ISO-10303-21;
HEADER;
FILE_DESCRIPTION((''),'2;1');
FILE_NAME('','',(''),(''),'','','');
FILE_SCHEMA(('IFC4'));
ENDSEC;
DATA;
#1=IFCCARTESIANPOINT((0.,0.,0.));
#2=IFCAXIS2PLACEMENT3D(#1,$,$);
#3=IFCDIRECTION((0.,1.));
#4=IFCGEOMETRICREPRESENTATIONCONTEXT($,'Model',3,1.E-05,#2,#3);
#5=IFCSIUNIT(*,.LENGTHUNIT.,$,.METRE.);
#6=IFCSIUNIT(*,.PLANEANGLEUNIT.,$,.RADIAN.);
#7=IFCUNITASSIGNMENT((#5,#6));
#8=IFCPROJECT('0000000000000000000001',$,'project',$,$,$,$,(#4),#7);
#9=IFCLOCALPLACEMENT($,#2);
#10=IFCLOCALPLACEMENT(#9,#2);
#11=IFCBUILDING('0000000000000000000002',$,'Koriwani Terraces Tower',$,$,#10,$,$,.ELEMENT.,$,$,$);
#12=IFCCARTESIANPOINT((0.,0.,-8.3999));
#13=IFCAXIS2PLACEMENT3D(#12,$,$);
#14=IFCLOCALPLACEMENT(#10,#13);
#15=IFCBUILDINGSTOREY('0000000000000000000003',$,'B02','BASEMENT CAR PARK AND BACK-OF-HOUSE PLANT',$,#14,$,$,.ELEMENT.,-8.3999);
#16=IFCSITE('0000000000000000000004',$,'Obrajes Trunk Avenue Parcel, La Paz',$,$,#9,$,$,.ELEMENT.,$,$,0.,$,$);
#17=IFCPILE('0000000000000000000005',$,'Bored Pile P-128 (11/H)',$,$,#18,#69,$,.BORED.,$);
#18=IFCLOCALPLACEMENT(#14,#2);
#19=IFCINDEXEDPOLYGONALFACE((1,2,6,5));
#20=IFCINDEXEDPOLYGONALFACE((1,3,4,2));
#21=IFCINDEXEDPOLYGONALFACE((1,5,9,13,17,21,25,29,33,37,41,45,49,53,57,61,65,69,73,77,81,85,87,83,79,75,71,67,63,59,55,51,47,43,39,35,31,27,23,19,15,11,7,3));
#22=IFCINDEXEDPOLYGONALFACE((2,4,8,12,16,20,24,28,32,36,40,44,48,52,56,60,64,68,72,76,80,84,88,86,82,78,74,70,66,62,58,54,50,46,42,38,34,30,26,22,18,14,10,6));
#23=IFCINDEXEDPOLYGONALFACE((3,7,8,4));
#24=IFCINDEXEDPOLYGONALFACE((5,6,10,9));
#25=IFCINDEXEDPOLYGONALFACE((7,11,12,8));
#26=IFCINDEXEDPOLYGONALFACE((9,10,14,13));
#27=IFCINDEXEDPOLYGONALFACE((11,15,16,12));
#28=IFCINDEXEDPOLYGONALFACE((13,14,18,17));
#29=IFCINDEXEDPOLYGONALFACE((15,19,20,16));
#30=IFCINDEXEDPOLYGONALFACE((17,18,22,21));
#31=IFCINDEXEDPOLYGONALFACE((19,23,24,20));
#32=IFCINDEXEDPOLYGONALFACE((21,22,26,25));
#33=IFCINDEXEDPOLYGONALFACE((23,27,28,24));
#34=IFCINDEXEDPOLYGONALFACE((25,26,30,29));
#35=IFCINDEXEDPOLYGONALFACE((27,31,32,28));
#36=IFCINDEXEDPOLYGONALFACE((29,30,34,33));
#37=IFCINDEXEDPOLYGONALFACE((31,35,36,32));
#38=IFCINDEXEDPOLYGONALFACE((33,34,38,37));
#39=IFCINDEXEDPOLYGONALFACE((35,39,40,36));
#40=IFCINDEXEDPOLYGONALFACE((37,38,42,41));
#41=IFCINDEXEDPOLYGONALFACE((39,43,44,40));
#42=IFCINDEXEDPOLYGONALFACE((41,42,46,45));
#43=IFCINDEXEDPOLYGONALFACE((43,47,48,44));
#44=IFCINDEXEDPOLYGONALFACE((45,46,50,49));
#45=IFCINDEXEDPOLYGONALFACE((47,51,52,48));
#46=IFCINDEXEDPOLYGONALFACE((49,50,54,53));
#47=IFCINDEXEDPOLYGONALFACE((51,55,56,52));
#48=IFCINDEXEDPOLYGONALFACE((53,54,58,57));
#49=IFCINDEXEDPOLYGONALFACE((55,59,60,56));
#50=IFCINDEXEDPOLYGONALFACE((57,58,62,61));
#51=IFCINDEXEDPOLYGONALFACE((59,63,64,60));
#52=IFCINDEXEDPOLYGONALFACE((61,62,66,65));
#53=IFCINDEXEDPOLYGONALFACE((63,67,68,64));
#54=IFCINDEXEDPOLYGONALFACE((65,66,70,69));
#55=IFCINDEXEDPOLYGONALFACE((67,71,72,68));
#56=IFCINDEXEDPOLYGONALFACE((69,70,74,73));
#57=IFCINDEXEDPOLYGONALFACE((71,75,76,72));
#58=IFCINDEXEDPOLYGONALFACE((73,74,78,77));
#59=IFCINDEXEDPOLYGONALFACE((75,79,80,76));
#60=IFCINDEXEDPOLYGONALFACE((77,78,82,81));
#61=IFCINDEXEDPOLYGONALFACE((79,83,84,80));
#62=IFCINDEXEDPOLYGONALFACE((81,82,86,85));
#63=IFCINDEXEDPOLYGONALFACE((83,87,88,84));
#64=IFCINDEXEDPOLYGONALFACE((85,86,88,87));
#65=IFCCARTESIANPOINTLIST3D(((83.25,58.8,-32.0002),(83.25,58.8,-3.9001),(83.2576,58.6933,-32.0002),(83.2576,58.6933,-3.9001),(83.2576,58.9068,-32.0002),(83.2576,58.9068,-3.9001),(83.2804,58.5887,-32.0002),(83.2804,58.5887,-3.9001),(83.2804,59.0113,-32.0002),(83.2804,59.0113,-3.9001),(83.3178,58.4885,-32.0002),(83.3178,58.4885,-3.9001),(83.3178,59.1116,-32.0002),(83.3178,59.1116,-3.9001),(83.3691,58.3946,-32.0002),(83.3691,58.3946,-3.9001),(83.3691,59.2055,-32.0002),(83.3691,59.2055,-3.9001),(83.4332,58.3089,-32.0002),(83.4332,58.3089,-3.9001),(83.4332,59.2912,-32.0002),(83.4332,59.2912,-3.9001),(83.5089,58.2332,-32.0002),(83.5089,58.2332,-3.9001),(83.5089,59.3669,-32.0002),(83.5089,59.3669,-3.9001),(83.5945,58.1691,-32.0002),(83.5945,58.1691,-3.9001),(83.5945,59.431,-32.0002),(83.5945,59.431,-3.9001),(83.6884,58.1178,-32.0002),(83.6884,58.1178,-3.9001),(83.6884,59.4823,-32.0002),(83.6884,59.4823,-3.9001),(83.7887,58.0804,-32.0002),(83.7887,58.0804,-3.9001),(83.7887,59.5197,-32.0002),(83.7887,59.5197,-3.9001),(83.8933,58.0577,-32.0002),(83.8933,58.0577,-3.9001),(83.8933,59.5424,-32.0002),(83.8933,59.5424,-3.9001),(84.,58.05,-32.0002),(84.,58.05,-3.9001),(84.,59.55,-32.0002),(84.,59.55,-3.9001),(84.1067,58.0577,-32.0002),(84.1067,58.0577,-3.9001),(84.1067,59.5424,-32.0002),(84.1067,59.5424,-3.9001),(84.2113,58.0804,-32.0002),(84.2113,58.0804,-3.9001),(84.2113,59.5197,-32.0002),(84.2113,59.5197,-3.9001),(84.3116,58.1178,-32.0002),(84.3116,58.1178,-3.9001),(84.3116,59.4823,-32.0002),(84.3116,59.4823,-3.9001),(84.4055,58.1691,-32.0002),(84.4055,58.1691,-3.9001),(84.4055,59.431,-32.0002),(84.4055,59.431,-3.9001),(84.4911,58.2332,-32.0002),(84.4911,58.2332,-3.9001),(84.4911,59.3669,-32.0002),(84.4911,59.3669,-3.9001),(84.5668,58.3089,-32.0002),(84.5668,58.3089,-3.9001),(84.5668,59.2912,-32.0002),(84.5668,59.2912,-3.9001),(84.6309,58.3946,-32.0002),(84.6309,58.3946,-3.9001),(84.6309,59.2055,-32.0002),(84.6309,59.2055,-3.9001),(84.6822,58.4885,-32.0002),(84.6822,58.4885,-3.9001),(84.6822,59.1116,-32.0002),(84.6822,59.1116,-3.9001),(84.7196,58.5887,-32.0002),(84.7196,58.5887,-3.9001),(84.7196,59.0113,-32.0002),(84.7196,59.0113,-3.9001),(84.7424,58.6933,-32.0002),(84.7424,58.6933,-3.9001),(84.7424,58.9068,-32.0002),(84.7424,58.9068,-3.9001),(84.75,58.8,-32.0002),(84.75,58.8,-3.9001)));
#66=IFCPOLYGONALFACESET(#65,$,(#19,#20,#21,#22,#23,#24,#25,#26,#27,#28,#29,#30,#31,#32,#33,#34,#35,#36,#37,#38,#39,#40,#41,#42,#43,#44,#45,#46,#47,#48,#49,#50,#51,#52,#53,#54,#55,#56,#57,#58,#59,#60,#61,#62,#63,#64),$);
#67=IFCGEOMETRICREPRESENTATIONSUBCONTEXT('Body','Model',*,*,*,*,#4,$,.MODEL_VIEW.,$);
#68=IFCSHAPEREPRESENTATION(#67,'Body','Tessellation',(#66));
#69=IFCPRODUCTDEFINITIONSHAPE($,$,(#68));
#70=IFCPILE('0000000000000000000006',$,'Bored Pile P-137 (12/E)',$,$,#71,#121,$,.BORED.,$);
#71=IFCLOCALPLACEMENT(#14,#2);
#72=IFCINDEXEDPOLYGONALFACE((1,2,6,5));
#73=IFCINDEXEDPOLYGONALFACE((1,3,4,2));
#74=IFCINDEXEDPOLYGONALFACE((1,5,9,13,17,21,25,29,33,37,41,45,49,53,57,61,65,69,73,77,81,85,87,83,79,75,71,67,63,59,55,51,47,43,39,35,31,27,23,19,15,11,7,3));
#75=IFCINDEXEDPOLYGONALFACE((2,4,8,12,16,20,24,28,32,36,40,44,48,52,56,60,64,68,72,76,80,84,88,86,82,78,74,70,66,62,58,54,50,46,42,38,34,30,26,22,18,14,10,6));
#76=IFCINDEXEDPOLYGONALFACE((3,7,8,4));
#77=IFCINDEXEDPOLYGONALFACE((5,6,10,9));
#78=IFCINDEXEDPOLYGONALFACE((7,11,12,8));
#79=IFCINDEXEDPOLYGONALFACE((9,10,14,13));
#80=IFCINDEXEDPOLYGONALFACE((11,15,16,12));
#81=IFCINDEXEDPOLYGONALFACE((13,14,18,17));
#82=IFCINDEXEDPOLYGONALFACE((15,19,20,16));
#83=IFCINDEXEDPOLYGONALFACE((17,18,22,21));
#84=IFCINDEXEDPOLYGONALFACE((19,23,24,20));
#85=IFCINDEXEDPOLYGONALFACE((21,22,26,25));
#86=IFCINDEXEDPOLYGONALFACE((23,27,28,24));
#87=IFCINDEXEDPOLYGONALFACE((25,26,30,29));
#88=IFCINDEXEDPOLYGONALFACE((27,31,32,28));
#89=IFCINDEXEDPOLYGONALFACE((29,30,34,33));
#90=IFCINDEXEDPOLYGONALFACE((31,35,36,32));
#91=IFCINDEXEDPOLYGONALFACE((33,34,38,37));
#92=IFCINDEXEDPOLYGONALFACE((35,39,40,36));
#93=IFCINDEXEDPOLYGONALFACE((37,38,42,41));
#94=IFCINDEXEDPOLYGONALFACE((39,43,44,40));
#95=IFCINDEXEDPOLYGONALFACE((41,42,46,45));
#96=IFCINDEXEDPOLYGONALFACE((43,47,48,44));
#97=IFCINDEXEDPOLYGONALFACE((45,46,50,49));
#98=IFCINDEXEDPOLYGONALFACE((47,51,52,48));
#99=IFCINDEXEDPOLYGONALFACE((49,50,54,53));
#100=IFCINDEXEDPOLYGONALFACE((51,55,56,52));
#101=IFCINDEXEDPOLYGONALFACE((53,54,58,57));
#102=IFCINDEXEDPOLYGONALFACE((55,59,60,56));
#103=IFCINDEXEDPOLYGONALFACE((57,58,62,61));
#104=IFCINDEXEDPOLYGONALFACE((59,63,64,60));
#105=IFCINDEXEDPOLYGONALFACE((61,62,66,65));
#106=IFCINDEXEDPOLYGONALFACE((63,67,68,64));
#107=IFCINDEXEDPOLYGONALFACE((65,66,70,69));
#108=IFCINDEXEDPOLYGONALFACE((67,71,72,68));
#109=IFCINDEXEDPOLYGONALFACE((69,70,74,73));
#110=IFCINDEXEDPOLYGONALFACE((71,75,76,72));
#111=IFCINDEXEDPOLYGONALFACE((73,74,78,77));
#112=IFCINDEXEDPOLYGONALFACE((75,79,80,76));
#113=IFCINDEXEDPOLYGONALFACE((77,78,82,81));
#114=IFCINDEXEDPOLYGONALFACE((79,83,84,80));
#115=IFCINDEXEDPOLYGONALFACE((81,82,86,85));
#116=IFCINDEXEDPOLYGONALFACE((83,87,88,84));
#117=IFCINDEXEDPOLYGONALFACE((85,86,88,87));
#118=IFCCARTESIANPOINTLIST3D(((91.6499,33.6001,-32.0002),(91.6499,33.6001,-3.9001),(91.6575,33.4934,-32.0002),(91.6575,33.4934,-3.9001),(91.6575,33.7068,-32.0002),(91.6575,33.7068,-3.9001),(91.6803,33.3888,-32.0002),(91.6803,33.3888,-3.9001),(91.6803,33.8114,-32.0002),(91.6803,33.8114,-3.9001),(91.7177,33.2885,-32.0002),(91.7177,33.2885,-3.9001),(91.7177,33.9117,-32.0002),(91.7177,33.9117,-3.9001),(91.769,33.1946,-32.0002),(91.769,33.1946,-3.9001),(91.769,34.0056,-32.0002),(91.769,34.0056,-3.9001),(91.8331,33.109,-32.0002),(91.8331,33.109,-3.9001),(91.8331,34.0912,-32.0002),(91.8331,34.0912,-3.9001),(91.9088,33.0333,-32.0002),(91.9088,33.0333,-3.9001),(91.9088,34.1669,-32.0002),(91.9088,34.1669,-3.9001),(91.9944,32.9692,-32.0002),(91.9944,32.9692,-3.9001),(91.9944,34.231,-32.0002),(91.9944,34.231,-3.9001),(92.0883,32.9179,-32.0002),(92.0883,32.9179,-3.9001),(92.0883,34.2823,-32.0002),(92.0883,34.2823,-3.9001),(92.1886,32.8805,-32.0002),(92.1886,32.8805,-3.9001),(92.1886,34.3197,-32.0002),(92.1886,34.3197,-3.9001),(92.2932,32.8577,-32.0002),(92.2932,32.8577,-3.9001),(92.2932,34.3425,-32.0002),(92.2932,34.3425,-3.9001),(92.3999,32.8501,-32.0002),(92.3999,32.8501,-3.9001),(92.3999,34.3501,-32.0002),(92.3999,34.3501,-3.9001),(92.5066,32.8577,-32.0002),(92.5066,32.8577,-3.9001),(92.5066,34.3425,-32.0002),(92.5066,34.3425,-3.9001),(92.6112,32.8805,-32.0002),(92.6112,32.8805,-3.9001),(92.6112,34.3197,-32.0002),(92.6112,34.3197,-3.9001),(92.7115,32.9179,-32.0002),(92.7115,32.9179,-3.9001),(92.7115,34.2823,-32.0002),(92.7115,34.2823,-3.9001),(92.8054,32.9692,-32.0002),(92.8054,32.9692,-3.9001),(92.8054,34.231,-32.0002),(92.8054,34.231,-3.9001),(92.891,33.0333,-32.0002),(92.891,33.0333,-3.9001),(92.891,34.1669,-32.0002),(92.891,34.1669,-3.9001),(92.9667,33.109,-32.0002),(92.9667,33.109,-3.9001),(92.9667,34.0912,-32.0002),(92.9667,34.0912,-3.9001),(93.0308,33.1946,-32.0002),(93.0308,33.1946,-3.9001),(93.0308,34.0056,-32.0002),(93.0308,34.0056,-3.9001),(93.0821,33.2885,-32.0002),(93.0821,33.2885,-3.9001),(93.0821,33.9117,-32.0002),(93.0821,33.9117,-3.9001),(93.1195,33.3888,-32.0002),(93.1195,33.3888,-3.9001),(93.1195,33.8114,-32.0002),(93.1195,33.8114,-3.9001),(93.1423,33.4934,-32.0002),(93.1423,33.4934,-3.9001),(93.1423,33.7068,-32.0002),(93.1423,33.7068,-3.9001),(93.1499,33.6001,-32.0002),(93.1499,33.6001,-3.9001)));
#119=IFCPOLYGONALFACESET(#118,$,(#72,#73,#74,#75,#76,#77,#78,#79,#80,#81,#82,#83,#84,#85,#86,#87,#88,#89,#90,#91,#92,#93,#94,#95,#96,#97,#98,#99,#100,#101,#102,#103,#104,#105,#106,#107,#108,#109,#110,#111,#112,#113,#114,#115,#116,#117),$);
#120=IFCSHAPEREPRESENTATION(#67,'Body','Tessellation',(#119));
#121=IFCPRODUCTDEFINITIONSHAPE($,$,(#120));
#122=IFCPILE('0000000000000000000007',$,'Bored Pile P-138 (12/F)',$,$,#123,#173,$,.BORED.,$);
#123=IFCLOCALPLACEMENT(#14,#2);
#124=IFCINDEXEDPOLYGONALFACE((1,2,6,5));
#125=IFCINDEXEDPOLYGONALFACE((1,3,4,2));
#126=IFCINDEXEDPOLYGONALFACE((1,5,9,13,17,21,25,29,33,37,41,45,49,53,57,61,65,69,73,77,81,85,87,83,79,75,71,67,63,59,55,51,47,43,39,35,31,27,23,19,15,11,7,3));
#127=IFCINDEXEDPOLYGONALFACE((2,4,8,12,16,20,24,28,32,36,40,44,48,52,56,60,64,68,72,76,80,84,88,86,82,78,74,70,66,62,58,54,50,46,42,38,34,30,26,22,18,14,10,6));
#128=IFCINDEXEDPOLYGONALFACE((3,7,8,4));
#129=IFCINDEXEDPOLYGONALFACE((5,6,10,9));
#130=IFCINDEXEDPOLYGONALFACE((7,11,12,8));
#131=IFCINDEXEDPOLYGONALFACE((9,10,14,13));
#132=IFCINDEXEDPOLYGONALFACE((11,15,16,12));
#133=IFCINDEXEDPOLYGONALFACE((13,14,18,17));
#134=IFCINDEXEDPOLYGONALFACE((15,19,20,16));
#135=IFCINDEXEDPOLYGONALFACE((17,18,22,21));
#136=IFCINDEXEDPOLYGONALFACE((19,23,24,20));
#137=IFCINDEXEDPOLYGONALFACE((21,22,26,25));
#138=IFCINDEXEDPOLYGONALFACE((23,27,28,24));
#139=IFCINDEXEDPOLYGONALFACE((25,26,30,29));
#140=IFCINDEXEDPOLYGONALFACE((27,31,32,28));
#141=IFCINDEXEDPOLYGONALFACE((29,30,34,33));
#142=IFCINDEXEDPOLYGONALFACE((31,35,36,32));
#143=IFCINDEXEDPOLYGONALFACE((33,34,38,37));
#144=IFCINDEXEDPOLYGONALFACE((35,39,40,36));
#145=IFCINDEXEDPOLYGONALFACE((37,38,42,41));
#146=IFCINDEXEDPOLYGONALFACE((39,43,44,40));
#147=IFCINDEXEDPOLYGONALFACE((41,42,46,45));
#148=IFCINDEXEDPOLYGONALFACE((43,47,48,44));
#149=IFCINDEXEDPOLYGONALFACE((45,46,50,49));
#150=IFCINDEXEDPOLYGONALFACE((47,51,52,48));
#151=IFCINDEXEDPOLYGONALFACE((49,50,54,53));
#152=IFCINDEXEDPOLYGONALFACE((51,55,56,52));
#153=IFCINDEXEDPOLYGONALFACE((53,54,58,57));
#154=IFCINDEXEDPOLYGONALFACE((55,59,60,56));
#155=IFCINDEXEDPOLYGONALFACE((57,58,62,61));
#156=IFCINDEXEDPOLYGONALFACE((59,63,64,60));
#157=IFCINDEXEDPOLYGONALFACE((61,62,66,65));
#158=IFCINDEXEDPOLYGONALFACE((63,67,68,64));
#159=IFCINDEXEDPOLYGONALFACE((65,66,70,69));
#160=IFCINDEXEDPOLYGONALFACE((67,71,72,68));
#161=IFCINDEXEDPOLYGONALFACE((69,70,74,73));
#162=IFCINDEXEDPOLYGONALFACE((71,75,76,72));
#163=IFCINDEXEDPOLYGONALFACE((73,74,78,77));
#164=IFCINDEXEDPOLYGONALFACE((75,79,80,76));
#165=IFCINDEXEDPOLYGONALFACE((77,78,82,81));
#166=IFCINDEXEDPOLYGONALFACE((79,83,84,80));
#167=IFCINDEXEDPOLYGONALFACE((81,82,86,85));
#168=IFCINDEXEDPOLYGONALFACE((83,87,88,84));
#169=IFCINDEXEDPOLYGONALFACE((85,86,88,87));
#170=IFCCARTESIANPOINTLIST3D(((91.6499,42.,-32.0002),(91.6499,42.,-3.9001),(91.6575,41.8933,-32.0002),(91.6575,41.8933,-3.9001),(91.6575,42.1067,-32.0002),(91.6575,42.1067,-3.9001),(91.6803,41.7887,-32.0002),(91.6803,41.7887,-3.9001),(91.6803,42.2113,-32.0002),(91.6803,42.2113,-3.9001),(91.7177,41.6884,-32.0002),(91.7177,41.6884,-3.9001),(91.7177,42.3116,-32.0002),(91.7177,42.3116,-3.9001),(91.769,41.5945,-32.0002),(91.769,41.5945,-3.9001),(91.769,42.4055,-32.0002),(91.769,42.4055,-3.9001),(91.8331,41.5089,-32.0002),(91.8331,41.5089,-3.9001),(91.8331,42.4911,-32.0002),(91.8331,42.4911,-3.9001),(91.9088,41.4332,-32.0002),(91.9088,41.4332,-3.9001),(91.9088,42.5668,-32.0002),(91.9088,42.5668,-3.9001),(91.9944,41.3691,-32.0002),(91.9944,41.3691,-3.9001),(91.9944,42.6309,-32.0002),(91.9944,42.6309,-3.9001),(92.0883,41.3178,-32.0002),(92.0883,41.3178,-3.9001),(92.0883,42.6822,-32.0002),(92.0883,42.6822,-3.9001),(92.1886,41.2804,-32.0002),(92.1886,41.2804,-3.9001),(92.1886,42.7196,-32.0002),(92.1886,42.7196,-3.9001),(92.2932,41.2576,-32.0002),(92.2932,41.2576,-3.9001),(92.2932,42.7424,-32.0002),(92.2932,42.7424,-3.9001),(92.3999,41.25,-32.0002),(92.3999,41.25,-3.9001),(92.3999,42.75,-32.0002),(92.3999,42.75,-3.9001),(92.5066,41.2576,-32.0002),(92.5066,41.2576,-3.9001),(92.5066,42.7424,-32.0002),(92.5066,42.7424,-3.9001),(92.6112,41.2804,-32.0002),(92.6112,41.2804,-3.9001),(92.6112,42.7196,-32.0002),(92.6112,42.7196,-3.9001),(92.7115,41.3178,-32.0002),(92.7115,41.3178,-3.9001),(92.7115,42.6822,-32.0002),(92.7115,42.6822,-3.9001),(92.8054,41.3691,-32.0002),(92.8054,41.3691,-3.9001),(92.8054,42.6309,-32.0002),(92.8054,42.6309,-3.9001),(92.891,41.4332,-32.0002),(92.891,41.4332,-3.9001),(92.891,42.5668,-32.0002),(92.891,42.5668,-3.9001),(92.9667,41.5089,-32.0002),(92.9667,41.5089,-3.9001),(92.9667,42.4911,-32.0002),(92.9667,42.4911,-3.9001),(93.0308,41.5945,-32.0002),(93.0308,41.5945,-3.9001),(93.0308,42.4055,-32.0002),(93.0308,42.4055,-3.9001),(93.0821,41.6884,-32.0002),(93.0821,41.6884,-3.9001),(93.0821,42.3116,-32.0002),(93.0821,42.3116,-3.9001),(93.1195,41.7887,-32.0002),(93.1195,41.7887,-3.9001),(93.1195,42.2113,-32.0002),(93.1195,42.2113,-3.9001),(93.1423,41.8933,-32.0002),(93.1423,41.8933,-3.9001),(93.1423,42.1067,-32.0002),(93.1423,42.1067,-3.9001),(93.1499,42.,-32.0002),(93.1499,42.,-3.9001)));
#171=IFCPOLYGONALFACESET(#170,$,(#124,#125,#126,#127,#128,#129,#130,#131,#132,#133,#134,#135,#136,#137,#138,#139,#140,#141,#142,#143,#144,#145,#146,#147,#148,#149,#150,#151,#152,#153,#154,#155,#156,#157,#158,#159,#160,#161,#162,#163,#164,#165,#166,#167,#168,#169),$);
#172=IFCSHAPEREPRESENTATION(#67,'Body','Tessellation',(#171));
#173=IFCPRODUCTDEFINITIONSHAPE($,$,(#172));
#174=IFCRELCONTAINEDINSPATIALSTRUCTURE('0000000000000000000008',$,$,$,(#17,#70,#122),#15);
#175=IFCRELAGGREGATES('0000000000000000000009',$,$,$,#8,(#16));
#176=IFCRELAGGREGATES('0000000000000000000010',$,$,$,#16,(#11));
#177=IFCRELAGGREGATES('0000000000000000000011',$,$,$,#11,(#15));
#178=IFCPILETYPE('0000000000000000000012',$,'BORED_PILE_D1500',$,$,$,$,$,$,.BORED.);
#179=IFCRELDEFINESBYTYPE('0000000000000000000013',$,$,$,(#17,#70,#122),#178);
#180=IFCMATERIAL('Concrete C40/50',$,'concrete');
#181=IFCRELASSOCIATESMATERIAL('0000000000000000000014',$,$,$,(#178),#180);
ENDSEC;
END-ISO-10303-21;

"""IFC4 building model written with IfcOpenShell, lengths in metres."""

from ifc_helpers import new_model, si_unit, direction, frame, origin, origin_2d, place, context, subcontext, project, spatial, circle, extrude, material, material_profile, profile_set, type_object, element, save


model = new_model("IFC4")

# Units and contexts
model_context = context("Model", 3, precision=1e-05, world=origin(), true_north=direction((0.0, 1.0)))
body_context = subcontext(model_context, "Body", "Model", "MODEL_VIEW")
ifc_project = project(units=[si_unit("LENGTHUNIT", "METRE"), si_unit("PLANEANGLEUNIT", "RADIAN")], contexts=[model_context])

# Site, building, storey
site_placement = place(None, origin())
site = spatial("IfcSite", under=ifc_project, at=site_placement, Name="Obrajes Trunk Avenue Parcel, La Paz", CompositionType="ELEMENT", RefElevation=0.0)
building_placement = place(site_placement, origin())
building = spatial("IfcBuilding", under=site, at=building_placement, Name="Koriwani Terraces Tower", CompositionType="ELEMENT")
storey_placement = place(building_placement, frame((0.0, 0.0, -8.3999)))
storey = spatial("IfcBuildingStorey", under=building, at=storey_placement, Name="B02", Description="BASEMENT CAR PARK AND BACK-OF-HOUSE PLANT", CompositionType="ELEMENT", Elevation=-8.3999)

# Piles
ifc_material_1 = material(Name="Concrete C40/50", Category="concrete")
ifc_material_profile_1 = material_profile(ifc_material_1, circle(Radius=0.75, at=origin_2d()), Name="Concrete C40/50")
ifc_profile_set_1 = profile_set([ifc_material_profile_1], Name="Concrete C40/50")
pile_type_1 = type_object("IfcPileType", Name="BORED_PILE_D1500", PredefinedType="BORED", material=ifc_profile_set_1)
for number, where, z_axis, x_axis, name in (
    (1, (84.0, 58.8, -3.9001), (0.0, 0.0, -1.0), (1.0, 0.0, 0.0), "Bored Pile P-128 (11/H)"),
    (2, (92.3999, 33.6001, -3.9001), (0.0, 0.0, -1.0), (1.0, 0.0, 0.0), "Bored Pile P-137 (12/E)"),
    (3, (92.3999, 42.0, -3.9001), (0.0, 0.0, -1.0), (1.0, 0.0, 0.0), "Bored Pile P-138 (12/F)"),
):
    element("IfcPile", number, at=place(storey_placement, frame(where, z_axis=z_axis, x_axis=x_axis)), inside=storey, type_object=pile_type_1, Name=name, PredefinedType="BORED", context=body_context, shape_type="SweptSolid", body=[
        extrude(circle(Radius=0.75, at=origin_2d()), origin(), (0.0, 0.0, 1.0), 28.1001),
    ])

save(model, "model.ifc")
